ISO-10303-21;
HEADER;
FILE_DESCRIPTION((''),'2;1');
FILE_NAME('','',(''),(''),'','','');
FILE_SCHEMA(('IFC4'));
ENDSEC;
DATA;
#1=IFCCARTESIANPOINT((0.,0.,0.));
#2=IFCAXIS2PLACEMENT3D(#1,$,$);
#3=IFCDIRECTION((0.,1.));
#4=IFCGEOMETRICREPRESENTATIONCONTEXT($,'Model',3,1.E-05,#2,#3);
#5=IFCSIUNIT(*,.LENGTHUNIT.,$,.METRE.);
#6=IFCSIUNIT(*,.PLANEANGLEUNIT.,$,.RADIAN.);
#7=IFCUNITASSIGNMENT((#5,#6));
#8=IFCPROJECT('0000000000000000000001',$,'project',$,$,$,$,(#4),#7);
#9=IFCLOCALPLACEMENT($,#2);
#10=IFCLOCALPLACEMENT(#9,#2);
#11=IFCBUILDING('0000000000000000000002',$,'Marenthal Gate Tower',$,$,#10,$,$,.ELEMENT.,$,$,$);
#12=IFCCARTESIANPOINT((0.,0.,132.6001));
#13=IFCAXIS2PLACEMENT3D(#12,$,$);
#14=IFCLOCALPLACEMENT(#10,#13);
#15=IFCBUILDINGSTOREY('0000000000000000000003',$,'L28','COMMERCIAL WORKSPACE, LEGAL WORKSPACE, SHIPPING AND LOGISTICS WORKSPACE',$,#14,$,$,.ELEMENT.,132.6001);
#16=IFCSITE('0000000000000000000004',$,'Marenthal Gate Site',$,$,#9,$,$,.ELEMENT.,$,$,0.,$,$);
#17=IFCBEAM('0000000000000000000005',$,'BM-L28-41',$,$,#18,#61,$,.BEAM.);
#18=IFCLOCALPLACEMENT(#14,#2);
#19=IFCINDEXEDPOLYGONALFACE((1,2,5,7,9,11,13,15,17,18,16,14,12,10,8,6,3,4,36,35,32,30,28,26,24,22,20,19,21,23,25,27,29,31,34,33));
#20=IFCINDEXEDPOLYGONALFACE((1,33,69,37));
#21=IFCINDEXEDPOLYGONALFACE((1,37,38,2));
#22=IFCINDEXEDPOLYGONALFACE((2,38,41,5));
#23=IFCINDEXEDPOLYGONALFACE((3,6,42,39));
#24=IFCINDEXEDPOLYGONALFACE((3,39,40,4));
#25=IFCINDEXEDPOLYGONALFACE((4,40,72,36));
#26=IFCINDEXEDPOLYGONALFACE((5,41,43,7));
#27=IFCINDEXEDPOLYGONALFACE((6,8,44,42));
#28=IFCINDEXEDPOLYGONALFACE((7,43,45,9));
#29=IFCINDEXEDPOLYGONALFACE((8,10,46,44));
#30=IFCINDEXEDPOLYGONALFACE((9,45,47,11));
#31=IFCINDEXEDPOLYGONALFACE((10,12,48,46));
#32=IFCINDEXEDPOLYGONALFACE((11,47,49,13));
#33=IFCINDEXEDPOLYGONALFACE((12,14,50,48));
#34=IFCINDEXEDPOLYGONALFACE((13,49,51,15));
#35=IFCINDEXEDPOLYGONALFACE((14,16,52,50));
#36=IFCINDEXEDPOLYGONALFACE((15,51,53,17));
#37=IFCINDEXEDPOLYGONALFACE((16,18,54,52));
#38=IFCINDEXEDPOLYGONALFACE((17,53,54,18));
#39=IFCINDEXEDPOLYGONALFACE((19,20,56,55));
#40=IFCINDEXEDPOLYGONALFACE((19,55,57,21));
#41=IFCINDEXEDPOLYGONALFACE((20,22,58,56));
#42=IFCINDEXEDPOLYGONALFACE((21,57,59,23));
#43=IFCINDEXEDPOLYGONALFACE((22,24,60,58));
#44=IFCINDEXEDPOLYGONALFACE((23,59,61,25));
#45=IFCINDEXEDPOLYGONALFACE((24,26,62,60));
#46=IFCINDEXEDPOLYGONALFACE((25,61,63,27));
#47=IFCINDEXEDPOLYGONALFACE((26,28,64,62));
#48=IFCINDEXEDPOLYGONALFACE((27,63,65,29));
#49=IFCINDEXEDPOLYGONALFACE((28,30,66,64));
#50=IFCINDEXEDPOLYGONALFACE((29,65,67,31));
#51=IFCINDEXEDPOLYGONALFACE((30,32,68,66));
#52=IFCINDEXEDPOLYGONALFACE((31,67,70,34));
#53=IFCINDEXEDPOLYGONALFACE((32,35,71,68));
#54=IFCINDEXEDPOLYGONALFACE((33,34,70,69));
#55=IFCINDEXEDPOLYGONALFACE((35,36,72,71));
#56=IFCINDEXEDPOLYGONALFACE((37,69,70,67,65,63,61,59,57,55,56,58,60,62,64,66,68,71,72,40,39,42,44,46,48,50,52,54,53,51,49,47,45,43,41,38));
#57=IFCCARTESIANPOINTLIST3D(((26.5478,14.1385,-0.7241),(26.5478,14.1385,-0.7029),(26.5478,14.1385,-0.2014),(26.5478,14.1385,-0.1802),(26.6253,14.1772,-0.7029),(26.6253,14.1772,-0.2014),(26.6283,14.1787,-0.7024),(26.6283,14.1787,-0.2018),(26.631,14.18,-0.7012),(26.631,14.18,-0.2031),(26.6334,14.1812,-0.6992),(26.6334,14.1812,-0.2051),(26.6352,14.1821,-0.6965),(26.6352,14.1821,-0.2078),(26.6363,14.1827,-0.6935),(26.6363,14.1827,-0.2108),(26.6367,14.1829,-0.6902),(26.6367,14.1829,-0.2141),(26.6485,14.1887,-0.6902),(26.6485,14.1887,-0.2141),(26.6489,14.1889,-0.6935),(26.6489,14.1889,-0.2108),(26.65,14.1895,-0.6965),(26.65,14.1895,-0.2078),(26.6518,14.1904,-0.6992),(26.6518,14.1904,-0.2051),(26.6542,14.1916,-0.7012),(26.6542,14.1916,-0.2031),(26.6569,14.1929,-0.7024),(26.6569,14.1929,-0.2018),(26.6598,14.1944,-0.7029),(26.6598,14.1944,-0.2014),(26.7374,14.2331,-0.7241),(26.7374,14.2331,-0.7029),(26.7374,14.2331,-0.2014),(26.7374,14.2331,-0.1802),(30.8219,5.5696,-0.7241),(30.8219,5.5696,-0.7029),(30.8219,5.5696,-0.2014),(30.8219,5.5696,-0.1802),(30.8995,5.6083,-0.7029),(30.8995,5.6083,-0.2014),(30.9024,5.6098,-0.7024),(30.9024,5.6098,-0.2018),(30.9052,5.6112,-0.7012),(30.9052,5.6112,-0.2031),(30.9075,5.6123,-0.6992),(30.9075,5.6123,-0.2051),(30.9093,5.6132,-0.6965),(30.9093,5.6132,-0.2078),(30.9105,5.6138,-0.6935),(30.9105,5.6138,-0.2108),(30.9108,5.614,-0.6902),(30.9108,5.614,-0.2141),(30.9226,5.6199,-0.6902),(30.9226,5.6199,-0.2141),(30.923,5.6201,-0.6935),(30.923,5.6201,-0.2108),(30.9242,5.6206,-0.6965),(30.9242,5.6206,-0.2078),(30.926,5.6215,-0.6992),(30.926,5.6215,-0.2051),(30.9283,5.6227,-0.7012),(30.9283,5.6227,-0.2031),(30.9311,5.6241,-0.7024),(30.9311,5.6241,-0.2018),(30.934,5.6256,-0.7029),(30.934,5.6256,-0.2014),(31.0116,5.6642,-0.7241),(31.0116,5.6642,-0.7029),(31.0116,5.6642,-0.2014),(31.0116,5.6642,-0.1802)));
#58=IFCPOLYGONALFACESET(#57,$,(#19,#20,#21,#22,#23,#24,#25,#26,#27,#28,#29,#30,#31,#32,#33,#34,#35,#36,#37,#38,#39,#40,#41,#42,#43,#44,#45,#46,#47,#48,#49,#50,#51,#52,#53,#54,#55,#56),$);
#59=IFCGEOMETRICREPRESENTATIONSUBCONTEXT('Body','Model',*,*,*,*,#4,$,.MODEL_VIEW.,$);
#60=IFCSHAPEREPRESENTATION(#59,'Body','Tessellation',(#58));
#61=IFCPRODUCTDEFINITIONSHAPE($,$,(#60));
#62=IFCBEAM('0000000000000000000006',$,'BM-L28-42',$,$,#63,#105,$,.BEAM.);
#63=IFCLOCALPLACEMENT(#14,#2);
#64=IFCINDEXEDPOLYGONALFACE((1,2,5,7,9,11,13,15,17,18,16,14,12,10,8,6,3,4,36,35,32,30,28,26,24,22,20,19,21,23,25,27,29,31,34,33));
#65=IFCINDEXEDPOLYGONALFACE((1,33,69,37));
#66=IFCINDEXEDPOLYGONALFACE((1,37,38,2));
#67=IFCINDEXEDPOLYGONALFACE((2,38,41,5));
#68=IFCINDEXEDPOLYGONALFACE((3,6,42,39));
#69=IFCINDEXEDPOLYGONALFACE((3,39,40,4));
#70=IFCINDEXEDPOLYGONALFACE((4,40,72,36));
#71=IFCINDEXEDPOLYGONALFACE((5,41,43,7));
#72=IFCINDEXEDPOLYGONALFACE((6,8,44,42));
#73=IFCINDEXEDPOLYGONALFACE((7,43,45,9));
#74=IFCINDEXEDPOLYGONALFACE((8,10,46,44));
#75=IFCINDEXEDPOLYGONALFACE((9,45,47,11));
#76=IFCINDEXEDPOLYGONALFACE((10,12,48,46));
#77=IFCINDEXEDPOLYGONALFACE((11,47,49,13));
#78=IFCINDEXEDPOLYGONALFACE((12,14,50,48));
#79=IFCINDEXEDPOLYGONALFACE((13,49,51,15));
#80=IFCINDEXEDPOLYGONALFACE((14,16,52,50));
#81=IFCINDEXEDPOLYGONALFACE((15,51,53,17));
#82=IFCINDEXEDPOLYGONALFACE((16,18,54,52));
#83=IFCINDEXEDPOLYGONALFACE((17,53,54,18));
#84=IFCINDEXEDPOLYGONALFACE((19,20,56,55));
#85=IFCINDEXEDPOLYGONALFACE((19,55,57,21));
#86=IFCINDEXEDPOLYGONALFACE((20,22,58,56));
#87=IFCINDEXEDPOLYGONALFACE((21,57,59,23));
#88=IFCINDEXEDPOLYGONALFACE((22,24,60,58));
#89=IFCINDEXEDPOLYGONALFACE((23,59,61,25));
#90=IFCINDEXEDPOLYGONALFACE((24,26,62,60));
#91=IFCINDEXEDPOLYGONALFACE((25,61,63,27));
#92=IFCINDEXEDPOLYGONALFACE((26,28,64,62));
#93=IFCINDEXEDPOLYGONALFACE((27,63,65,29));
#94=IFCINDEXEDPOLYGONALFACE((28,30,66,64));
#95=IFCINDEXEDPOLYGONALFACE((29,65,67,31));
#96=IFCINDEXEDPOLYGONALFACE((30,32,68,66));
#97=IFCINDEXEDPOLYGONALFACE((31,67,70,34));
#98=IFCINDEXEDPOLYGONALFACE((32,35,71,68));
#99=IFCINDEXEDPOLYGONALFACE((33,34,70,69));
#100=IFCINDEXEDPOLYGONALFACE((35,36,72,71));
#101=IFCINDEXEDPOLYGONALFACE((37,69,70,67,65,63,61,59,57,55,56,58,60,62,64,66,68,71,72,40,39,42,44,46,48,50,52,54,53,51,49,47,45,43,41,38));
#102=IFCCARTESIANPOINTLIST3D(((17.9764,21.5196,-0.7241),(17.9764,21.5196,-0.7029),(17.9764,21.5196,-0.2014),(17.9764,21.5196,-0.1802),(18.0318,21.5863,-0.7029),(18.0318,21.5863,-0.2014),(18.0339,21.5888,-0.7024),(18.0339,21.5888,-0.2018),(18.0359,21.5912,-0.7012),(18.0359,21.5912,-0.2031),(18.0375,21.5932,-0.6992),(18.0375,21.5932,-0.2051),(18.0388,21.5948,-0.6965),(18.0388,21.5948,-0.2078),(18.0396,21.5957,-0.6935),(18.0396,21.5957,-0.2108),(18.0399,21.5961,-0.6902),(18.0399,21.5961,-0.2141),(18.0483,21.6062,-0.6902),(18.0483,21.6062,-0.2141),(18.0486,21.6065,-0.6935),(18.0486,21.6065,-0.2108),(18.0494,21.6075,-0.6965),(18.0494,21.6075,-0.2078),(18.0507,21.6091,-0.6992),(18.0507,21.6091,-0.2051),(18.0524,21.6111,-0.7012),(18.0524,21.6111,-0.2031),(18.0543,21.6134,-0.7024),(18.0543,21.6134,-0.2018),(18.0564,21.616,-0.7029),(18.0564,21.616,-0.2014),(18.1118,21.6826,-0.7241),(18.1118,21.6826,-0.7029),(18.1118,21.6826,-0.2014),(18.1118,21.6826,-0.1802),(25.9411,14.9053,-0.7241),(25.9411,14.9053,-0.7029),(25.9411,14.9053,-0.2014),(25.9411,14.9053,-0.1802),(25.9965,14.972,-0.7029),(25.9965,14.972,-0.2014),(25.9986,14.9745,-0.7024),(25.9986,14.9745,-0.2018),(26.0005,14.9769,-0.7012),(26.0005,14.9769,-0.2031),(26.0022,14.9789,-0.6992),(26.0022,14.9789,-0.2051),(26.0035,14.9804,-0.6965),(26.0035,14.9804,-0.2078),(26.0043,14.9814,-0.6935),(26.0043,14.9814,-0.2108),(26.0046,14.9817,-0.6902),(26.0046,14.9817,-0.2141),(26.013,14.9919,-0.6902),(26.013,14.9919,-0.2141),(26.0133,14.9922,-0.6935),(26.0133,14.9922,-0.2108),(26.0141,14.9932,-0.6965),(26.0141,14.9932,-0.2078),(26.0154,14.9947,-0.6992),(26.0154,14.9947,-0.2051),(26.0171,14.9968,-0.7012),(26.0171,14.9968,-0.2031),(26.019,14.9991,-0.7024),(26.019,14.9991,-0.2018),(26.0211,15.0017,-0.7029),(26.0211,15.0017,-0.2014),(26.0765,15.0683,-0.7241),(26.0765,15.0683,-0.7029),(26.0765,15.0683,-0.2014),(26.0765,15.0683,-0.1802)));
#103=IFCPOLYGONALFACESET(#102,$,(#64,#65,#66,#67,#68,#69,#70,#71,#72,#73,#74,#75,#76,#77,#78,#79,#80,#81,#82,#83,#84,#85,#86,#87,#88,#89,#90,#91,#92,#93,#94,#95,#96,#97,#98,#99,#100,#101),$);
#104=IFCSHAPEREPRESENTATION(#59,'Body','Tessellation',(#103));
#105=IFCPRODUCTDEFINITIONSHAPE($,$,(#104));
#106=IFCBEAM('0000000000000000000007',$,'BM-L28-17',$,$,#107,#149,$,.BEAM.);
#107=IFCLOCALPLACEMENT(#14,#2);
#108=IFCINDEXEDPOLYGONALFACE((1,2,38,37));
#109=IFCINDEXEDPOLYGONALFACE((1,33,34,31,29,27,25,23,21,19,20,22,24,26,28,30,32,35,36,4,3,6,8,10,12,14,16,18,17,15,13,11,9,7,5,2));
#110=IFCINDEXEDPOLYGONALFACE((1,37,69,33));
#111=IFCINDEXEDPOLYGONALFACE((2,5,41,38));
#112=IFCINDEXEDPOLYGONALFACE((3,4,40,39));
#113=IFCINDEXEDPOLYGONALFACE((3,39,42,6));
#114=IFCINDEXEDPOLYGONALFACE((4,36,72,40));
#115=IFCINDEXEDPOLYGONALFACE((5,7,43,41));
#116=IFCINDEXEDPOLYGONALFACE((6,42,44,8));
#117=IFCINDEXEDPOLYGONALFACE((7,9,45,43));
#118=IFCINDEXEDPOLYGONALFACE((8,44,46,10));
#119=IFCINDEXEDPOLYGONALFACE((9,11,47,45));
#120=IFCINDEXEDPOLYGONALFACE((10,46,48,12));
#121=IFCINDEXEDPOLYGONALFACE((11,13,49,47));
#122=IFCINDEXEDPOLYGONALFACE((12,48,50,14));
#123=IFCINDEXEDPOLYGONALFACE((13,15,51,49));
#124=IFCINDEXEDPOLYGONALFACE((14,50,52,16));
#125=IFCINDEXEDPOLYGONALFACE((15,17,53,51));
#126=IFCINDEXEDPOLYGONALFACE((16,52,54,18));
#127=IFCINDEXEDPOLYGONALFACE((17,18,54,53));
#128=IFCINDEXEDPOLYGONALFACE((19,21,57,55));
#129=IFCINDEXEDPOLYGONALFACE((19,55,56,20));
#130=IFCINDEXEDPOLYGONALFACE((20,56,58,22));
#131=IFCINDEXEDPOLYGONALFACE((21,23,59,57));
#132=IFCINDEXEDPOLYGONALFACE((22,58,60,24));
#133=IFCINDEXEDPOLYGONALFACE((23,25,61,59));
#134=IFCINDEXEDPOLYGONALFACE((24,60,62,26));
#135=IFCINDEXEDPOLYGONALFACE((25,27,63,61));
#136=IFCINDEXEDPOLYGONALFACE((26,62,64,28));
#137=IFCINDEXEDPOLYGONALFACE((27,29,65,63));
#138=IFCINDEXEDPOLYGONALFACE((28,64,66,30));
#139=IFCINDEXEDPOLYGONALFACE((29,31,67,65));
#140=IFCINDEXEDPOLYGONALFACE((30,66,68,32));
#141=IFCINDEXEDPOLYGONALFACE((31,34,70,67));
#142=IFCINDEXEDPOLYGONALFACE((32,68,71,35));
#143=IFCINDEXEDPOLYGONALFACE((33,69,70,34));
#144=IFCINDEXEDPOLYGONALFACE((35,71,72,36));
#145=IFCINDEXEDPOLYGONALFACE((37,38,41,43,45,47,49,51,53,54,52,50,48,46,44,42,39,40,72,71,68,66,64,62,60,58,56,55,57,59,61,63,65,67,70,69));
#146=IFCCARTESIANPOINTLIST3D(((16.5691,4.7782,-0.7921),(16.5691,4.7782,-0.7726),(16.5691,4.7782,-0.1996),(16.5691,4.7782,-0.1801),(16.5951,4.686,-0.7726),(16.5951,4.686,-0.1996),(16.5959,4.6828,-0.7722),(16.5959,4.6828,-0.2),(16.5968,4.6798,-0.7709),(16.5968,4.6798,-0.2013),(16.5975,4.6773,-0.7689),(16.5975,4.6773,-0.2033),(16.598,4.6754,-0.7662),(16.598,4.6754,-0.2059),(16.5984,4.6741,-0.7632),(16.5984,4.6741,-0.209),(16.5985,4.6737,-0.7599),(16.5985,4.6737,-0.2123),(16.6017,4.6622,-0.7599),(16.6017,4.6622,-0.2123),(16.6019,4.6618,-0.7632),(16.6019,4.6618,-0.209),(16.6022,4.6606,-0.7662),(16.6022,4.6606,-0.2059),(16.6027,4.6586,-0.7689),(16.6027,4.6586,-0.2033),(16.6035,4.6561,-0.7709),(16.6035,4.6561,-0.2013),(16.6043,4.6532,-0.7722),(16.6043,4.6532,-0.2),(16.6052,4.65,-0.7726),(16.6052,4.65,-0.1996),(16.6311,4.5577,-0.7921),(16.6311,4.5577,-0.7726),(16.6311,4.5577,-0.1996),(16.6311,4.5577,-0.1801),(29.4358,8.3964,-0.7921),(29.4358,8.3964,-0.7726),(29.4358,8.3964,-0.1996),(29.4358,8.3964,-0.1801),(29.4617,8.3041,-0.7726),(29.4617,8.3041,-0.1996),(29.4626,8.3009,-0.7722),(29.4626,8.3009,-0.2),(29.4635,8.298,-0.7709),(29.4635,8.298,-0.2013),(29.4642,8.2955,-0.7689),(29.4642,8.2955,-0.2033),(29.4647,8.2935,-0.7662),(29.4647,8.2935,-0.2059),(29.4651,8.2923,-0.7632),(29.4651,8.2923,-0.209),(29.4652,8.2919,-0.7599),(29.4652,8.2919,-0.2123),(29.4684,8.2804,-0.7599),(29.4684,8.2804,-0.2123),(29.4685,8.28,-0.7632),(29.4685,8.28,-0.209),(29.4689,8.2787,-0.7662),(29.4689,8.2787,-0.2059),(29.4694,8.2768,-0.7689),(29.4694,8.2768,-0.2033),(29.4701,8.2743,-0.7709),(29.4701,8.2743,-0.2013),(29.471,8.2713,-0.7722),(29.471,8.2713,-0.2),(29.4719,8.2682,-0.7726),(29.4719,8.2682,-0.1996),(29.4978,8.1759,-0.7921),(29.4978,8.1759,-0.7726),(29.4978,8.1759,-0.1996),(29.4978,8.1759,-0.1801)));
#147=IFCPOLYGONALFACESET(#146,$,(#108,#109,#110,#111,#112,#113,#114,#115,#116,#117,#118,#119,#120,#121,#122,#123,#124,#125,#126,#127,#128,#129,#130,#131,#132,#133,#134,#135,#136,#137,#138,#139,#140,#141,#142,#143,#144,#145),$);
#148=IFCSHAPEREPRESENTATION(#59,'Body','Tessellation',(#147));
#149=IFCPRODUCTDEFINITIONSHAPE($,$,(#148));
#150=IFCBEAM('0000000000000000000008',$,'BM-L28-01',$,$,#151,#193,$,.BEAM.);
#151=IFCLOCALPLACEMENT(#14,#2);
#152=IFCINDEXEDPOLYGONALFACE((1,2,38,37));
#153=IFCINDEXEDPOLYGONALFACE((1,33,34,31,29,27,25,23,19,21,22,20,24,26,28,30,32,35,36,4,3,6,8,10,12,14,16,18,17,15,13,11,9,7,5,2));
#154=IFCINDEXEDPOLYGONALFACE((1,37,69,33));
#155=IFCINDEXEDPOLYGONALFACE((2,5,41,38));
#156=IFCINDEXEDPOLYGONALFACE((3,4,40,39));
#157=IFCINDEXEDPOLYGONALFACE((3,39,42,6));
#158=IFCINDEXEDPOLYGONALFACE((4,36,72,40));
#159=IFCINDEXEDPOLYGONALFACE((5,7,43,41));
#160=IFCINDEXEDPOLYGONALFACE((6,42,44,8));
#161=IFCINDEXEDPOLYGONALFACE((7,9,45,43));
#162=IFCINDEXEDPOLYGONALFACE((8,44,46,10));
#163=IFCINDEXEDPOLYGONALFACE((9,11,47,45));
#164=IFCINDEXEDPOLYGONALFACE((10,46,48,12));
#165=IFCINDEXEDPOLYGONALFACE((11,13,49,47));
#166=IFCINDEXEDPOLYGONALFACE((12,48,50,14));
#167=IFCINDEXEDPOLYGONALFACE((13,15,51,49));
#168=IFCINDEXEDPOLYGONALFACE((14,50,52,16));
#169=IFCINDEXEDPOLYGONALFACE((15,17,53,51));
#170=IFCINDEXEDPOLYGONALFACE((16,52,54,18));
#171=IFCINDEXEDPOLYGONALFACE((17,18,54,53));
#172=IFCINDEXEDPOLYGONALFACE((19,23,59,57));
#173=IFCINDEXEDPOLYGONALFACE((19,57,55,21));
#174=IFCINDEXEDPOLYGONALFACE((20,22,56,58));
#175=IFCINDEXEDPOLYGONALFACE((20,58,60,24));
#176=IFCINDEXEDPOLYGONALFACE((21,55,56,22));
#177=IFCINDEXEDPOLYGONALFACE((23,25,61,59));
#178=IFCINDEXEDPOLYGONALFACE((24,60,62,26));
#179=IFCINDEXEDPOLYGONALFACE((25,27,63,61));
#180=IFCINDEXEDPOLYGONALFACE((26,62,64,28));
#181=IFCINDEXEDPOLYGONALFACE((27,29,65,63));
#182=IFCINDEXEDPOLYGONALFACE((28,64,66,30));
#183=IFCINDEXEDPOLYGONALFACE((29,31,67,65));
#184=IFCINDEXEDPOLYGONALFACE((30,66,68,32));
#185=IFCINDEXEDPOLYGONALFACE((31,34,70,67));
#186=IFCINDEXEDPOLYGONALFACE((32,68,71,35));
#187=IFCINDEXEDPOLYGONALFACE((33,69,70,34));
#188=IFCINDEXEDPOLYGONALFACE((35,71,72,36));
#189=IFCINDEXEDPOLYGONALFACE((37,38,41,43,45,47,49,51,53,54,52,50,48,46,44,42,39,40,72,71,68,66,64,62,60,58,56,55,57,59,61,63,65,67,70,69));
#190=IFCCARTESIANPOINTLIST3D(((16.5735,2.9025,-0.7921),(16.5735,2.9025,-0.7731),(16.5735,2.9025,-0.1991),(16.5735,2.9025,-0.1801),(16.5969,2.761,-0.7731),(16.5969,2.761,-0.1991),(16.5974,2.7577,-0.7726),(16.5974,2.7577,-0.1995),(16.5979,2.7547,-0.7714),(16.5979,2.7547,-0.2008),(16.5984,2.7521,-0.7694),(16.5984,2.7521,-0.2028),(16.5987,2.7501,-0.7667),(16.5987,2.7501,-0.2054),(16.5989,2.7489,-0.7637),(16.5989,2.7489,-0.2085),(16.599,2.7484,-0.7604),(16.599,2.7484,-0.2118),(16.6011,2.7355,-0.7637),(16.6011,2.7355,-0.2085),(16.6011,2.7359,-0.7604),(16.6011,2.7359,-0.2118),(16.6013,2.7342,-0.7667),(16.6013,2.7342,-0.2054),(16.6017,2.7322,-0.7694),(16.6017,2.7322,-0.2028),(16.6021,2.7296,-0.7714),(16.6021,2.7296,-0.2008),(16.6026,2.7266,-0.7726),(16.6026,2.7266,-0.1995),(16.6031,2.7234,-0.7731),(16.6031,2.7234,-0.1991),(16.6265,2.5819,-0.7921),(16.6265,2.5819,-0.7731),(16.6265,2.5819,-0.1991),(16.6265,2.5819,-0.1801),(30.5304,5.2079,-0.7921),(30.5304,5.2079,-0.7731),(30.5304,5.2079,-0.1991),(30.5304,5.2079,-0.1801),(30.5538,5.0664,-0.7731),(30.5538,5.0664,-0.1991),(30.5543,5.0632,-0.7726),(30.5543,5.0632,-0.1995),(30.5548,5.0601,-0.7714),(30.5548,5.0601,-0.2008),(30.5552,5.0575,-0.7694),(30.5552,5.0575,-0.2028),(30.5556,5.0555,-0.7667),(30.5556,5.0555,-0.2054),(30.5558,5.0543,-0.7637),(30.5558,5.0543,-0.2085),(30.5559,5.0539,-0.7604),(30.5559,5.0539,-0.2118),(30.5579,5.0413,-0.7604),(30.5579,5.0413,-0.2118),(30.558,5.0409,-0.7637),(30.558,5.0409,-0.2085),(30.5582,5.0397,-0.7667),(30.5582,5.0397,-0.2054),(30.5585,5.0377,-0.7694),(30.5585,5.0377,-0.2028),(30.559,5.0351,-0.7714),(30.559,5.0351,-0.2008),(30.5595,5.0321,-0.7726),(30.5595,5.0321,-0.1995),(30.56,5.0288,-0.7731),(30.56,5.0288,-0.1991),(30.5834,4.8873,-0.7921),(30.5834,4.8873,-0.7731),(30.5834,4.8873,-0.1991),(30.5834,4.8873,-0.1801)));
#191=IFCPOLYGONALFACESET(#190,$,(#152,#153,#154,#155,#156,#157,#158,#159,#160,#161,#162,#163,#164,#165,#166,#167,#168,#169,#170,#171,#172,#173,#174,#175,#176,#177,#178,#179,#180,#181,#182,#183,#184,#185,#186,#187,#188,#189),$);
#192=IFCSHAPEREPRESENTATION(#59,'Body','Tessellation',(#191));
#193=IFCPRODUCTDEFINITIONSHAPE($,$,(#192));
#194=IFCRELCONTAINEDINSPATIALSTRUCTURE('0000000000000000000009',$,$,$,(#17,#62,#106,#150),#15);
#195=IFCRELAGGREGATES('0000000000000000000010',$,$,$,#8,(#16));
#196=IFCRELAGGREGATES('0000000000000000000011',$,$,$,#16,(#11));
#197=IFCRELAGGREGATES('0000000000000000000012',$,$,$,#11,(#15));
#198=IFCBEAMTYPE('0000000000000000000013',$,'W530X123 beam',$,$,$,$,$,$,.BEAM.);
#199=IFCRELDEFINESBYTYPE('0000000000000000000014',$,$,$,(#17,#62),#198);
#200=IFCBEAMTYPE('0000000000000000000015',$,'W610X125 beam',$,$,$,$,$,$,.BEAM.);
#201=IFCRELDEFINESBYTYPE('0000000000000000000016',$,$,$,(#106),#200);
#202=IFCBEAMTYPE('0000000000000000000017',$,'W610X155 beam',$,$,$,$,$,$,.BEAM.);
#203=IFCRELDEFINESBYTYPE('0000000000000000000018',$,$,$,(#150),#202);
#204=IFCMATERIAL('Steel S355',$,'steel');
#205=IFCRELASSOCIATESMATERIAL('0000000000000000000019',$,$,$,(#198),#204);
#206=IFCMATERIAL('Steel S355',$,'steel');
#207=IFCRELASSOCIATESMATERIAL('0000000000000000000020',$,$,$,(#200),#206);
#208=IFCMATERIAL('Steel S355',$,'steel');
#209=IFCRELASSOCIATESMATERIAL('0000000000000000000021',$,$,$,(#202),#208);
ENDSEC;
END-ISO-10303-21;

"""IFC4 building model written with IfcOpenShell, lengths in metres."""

from ifc_helpers import new_model, si_unit, direction, frame, origin, origin_2d, place, context, subcontext, project, spatial, i_section, extrude, material, material_profile, profile_set, type_object, element, save


model = new_model("IFC4")

# Units and contexts
model_context = context("Model", 3, precision=1e-05, world=origin(), true_north=direction((0.0, 1.0)))
body_context = subcontext(model_context, "Body", "Model", "MODEL_VIEW")
ifc_project = project(units=[si_unit("LENGTHUNIT", "METRE"), si_unit("PLANEANGLEUNIT", "RADIAN")], contexts=[model_context])

# Site, building, storey
site_placement = place(None, origin())
site = spatial("IfcSite", under=ifc_project, at=site_placement, Name="Marenthal Gate Site", CompositionType="ELEMENT", RefElevation=0.0)
building_placement = place(site_placement, origin())
building = spatial("IfcBuilding", under=site, at=building_placement, Name="Marenthal Gate Tower", CompositionType="ELEMENT")
storey_placement = place(building_placement, frame((0.0, 0.0, 132.6001)))
storey = spatial("IfcBuildingStorey", under=building, at=storey_placement, Name="L28", Description="COMMERCIAL WORKSPACE, LEGAL WORKSPACE, SHIPPING AND LOGISTICS WORKSPACE", CompositionType="ELEMENT", Elevation=132.6001)

# Beams
ifc_material_1 = material(Name="Steel S355", Category="steel")
ifc_material_profile_1 = material_profile(ifc_material_1, i_section(OverallWidth=0.2119, OverallDepth=0.5439, WebThickness=0.0132, FlangeThickness=0.0212, FilletRadius=0.0127, at=origin_2d()), Name="W530X123")
ifc_profile_set_1 = profile_set([ifc_material_profile_1], Name="Steel S355")
beam_type_1 = type_object("IfcBeamType", Name="W530X123 beam", PredefinedType="BEAM", material=ifc_profile_set_1)
beam_1_placement = place(storey_placement, frame((30.9167, 5.6169, -0.4521), z_axis=(-0.446357, 0.894855, 0.0), x_axis=(-0.894855, -0.446357, 0.0)))
element("IfcBeam", 1, at=beam_1_placement, inside=storey, type_object=beam_type_1, Name="BM-L28-41", PredefinedType="BEAM", context=body_context, shape_type="SweptSolid", body=[
    extrude(i_section(OverallWidth=0.2119, OverallDepth=0.5439, WebThickness=0.0132, FlangeThickness=0.0212, FilletRadius=0.0127, at=origin_2d()), origin(), (0.0, 0.0, 1.0), 9.5757),
])
beam_2_placement = place(storey_placement, frame((26.0088, 14.9868, -0.4521), z_axis=(-0.769308, 0.638878, 0.0), x_axis=(-0.638878, -0.769308, 0.0)))
element("IfcBeam", 2, at=beam_2_placement, inside=storey, type_object=beam_type_1, Name="BM-L28-42", PredefinedType="BEAM", context=body_context, shape_type="SweptSolid", body=[
    extrude(i_section(OverallWidth=0.2119, OverallDepth=0.5439, WebThickness=0.0132, FlangeThickness=0.0212, FilletRadius=0.0127, at=origin_2d()), origin(), (0.0, 0.0, 1.0), 10.353),
])
ifc_material_2 = material(Name="Steel S355", Category="steel")
ifc_material_profile_2 = material_profile(ifc_material_2, i_section(OverallWidth=0.229, OverallDepth=0.6121, WebThickness=0.012, FlangeThickness=0.0195, FilletRadius=0.0127, at=origin_2d()), Name="W610X125")
ifc_profile_set_2 = profile_set([ifc_material_profile_2], Name="Steel S355")
beam_type_2 = type_object("IfcBeamType", Name="W610X125 beam", PredefinedType="BEAM", material=ifc_profile_set_2)
beam_3_placement = place(storey_placement, frame((29.4668, 8.2861, -0.4861), z_axis=(-0.962663, -0.270704, 0.0), x_axis=(0.270704, -0.962663, 0.0)))
element("IfcBeam", 3, at=beam_3_placement, inside=storey, type_object=beam_type_2, Name="BM-L28-17", PredefinedType="BEAM", context=body_context, shape_type="SweptSolid", body=[
    extrude(i_section(OverallWidth=0.229, OverallDepth=0.6121, WebThickness=0.012, FlangeThickness=0.0195, FilletRadius=0.0127, at=origin_2d()), origin(), (0.0, 0.0, 1.0), 13.3657),
])
ifc_material_3 = material(Name="Steel S355", Category="steel")
ifc_material_profile_3 = material_profile(ifc_material_3, i_section(OverallWidth=0.325, OverallDepth=0.6121, WebThickness=0.0127, FlangeThickness=0.019, FilletRadius=0.0127, at=origin_2d()), Name="W610X155")
ifc_profile_set_3 = profile_set([ifc_material_profile_3], Name="Steel S355")
beam_type_3 = type_object("IfcBeamType", Name="W610X155 beam", PredefinedType="BEAM", material=ifc_profile_set_3)
beam_4_placement = place(storey_placement, frame((30.5569, 5.0476, -0.4861), z_axis=(-0.98663, -0.162974, 0.0), x_axis=(0.162974, -0.98663, 0.0)))
element("IfcBeam", 4, at=beam_4_placement, inside=storey, type_object=beam_type_3, Name="BM-L28-01", PredefinedType="BEAM", context=body_context, shape_type="SweptSolid", body=[
    extrude(i_section(OverallWidth=0.325, OverallDepth=0.6121, WebThickness=0.0127, FlangeThickness=0.019, FilletRadius=0.0127, at=origin_2d()), origin(), (0.0, 0.0, 1.0), 14.146),
])

save(model, "model.ifc")
